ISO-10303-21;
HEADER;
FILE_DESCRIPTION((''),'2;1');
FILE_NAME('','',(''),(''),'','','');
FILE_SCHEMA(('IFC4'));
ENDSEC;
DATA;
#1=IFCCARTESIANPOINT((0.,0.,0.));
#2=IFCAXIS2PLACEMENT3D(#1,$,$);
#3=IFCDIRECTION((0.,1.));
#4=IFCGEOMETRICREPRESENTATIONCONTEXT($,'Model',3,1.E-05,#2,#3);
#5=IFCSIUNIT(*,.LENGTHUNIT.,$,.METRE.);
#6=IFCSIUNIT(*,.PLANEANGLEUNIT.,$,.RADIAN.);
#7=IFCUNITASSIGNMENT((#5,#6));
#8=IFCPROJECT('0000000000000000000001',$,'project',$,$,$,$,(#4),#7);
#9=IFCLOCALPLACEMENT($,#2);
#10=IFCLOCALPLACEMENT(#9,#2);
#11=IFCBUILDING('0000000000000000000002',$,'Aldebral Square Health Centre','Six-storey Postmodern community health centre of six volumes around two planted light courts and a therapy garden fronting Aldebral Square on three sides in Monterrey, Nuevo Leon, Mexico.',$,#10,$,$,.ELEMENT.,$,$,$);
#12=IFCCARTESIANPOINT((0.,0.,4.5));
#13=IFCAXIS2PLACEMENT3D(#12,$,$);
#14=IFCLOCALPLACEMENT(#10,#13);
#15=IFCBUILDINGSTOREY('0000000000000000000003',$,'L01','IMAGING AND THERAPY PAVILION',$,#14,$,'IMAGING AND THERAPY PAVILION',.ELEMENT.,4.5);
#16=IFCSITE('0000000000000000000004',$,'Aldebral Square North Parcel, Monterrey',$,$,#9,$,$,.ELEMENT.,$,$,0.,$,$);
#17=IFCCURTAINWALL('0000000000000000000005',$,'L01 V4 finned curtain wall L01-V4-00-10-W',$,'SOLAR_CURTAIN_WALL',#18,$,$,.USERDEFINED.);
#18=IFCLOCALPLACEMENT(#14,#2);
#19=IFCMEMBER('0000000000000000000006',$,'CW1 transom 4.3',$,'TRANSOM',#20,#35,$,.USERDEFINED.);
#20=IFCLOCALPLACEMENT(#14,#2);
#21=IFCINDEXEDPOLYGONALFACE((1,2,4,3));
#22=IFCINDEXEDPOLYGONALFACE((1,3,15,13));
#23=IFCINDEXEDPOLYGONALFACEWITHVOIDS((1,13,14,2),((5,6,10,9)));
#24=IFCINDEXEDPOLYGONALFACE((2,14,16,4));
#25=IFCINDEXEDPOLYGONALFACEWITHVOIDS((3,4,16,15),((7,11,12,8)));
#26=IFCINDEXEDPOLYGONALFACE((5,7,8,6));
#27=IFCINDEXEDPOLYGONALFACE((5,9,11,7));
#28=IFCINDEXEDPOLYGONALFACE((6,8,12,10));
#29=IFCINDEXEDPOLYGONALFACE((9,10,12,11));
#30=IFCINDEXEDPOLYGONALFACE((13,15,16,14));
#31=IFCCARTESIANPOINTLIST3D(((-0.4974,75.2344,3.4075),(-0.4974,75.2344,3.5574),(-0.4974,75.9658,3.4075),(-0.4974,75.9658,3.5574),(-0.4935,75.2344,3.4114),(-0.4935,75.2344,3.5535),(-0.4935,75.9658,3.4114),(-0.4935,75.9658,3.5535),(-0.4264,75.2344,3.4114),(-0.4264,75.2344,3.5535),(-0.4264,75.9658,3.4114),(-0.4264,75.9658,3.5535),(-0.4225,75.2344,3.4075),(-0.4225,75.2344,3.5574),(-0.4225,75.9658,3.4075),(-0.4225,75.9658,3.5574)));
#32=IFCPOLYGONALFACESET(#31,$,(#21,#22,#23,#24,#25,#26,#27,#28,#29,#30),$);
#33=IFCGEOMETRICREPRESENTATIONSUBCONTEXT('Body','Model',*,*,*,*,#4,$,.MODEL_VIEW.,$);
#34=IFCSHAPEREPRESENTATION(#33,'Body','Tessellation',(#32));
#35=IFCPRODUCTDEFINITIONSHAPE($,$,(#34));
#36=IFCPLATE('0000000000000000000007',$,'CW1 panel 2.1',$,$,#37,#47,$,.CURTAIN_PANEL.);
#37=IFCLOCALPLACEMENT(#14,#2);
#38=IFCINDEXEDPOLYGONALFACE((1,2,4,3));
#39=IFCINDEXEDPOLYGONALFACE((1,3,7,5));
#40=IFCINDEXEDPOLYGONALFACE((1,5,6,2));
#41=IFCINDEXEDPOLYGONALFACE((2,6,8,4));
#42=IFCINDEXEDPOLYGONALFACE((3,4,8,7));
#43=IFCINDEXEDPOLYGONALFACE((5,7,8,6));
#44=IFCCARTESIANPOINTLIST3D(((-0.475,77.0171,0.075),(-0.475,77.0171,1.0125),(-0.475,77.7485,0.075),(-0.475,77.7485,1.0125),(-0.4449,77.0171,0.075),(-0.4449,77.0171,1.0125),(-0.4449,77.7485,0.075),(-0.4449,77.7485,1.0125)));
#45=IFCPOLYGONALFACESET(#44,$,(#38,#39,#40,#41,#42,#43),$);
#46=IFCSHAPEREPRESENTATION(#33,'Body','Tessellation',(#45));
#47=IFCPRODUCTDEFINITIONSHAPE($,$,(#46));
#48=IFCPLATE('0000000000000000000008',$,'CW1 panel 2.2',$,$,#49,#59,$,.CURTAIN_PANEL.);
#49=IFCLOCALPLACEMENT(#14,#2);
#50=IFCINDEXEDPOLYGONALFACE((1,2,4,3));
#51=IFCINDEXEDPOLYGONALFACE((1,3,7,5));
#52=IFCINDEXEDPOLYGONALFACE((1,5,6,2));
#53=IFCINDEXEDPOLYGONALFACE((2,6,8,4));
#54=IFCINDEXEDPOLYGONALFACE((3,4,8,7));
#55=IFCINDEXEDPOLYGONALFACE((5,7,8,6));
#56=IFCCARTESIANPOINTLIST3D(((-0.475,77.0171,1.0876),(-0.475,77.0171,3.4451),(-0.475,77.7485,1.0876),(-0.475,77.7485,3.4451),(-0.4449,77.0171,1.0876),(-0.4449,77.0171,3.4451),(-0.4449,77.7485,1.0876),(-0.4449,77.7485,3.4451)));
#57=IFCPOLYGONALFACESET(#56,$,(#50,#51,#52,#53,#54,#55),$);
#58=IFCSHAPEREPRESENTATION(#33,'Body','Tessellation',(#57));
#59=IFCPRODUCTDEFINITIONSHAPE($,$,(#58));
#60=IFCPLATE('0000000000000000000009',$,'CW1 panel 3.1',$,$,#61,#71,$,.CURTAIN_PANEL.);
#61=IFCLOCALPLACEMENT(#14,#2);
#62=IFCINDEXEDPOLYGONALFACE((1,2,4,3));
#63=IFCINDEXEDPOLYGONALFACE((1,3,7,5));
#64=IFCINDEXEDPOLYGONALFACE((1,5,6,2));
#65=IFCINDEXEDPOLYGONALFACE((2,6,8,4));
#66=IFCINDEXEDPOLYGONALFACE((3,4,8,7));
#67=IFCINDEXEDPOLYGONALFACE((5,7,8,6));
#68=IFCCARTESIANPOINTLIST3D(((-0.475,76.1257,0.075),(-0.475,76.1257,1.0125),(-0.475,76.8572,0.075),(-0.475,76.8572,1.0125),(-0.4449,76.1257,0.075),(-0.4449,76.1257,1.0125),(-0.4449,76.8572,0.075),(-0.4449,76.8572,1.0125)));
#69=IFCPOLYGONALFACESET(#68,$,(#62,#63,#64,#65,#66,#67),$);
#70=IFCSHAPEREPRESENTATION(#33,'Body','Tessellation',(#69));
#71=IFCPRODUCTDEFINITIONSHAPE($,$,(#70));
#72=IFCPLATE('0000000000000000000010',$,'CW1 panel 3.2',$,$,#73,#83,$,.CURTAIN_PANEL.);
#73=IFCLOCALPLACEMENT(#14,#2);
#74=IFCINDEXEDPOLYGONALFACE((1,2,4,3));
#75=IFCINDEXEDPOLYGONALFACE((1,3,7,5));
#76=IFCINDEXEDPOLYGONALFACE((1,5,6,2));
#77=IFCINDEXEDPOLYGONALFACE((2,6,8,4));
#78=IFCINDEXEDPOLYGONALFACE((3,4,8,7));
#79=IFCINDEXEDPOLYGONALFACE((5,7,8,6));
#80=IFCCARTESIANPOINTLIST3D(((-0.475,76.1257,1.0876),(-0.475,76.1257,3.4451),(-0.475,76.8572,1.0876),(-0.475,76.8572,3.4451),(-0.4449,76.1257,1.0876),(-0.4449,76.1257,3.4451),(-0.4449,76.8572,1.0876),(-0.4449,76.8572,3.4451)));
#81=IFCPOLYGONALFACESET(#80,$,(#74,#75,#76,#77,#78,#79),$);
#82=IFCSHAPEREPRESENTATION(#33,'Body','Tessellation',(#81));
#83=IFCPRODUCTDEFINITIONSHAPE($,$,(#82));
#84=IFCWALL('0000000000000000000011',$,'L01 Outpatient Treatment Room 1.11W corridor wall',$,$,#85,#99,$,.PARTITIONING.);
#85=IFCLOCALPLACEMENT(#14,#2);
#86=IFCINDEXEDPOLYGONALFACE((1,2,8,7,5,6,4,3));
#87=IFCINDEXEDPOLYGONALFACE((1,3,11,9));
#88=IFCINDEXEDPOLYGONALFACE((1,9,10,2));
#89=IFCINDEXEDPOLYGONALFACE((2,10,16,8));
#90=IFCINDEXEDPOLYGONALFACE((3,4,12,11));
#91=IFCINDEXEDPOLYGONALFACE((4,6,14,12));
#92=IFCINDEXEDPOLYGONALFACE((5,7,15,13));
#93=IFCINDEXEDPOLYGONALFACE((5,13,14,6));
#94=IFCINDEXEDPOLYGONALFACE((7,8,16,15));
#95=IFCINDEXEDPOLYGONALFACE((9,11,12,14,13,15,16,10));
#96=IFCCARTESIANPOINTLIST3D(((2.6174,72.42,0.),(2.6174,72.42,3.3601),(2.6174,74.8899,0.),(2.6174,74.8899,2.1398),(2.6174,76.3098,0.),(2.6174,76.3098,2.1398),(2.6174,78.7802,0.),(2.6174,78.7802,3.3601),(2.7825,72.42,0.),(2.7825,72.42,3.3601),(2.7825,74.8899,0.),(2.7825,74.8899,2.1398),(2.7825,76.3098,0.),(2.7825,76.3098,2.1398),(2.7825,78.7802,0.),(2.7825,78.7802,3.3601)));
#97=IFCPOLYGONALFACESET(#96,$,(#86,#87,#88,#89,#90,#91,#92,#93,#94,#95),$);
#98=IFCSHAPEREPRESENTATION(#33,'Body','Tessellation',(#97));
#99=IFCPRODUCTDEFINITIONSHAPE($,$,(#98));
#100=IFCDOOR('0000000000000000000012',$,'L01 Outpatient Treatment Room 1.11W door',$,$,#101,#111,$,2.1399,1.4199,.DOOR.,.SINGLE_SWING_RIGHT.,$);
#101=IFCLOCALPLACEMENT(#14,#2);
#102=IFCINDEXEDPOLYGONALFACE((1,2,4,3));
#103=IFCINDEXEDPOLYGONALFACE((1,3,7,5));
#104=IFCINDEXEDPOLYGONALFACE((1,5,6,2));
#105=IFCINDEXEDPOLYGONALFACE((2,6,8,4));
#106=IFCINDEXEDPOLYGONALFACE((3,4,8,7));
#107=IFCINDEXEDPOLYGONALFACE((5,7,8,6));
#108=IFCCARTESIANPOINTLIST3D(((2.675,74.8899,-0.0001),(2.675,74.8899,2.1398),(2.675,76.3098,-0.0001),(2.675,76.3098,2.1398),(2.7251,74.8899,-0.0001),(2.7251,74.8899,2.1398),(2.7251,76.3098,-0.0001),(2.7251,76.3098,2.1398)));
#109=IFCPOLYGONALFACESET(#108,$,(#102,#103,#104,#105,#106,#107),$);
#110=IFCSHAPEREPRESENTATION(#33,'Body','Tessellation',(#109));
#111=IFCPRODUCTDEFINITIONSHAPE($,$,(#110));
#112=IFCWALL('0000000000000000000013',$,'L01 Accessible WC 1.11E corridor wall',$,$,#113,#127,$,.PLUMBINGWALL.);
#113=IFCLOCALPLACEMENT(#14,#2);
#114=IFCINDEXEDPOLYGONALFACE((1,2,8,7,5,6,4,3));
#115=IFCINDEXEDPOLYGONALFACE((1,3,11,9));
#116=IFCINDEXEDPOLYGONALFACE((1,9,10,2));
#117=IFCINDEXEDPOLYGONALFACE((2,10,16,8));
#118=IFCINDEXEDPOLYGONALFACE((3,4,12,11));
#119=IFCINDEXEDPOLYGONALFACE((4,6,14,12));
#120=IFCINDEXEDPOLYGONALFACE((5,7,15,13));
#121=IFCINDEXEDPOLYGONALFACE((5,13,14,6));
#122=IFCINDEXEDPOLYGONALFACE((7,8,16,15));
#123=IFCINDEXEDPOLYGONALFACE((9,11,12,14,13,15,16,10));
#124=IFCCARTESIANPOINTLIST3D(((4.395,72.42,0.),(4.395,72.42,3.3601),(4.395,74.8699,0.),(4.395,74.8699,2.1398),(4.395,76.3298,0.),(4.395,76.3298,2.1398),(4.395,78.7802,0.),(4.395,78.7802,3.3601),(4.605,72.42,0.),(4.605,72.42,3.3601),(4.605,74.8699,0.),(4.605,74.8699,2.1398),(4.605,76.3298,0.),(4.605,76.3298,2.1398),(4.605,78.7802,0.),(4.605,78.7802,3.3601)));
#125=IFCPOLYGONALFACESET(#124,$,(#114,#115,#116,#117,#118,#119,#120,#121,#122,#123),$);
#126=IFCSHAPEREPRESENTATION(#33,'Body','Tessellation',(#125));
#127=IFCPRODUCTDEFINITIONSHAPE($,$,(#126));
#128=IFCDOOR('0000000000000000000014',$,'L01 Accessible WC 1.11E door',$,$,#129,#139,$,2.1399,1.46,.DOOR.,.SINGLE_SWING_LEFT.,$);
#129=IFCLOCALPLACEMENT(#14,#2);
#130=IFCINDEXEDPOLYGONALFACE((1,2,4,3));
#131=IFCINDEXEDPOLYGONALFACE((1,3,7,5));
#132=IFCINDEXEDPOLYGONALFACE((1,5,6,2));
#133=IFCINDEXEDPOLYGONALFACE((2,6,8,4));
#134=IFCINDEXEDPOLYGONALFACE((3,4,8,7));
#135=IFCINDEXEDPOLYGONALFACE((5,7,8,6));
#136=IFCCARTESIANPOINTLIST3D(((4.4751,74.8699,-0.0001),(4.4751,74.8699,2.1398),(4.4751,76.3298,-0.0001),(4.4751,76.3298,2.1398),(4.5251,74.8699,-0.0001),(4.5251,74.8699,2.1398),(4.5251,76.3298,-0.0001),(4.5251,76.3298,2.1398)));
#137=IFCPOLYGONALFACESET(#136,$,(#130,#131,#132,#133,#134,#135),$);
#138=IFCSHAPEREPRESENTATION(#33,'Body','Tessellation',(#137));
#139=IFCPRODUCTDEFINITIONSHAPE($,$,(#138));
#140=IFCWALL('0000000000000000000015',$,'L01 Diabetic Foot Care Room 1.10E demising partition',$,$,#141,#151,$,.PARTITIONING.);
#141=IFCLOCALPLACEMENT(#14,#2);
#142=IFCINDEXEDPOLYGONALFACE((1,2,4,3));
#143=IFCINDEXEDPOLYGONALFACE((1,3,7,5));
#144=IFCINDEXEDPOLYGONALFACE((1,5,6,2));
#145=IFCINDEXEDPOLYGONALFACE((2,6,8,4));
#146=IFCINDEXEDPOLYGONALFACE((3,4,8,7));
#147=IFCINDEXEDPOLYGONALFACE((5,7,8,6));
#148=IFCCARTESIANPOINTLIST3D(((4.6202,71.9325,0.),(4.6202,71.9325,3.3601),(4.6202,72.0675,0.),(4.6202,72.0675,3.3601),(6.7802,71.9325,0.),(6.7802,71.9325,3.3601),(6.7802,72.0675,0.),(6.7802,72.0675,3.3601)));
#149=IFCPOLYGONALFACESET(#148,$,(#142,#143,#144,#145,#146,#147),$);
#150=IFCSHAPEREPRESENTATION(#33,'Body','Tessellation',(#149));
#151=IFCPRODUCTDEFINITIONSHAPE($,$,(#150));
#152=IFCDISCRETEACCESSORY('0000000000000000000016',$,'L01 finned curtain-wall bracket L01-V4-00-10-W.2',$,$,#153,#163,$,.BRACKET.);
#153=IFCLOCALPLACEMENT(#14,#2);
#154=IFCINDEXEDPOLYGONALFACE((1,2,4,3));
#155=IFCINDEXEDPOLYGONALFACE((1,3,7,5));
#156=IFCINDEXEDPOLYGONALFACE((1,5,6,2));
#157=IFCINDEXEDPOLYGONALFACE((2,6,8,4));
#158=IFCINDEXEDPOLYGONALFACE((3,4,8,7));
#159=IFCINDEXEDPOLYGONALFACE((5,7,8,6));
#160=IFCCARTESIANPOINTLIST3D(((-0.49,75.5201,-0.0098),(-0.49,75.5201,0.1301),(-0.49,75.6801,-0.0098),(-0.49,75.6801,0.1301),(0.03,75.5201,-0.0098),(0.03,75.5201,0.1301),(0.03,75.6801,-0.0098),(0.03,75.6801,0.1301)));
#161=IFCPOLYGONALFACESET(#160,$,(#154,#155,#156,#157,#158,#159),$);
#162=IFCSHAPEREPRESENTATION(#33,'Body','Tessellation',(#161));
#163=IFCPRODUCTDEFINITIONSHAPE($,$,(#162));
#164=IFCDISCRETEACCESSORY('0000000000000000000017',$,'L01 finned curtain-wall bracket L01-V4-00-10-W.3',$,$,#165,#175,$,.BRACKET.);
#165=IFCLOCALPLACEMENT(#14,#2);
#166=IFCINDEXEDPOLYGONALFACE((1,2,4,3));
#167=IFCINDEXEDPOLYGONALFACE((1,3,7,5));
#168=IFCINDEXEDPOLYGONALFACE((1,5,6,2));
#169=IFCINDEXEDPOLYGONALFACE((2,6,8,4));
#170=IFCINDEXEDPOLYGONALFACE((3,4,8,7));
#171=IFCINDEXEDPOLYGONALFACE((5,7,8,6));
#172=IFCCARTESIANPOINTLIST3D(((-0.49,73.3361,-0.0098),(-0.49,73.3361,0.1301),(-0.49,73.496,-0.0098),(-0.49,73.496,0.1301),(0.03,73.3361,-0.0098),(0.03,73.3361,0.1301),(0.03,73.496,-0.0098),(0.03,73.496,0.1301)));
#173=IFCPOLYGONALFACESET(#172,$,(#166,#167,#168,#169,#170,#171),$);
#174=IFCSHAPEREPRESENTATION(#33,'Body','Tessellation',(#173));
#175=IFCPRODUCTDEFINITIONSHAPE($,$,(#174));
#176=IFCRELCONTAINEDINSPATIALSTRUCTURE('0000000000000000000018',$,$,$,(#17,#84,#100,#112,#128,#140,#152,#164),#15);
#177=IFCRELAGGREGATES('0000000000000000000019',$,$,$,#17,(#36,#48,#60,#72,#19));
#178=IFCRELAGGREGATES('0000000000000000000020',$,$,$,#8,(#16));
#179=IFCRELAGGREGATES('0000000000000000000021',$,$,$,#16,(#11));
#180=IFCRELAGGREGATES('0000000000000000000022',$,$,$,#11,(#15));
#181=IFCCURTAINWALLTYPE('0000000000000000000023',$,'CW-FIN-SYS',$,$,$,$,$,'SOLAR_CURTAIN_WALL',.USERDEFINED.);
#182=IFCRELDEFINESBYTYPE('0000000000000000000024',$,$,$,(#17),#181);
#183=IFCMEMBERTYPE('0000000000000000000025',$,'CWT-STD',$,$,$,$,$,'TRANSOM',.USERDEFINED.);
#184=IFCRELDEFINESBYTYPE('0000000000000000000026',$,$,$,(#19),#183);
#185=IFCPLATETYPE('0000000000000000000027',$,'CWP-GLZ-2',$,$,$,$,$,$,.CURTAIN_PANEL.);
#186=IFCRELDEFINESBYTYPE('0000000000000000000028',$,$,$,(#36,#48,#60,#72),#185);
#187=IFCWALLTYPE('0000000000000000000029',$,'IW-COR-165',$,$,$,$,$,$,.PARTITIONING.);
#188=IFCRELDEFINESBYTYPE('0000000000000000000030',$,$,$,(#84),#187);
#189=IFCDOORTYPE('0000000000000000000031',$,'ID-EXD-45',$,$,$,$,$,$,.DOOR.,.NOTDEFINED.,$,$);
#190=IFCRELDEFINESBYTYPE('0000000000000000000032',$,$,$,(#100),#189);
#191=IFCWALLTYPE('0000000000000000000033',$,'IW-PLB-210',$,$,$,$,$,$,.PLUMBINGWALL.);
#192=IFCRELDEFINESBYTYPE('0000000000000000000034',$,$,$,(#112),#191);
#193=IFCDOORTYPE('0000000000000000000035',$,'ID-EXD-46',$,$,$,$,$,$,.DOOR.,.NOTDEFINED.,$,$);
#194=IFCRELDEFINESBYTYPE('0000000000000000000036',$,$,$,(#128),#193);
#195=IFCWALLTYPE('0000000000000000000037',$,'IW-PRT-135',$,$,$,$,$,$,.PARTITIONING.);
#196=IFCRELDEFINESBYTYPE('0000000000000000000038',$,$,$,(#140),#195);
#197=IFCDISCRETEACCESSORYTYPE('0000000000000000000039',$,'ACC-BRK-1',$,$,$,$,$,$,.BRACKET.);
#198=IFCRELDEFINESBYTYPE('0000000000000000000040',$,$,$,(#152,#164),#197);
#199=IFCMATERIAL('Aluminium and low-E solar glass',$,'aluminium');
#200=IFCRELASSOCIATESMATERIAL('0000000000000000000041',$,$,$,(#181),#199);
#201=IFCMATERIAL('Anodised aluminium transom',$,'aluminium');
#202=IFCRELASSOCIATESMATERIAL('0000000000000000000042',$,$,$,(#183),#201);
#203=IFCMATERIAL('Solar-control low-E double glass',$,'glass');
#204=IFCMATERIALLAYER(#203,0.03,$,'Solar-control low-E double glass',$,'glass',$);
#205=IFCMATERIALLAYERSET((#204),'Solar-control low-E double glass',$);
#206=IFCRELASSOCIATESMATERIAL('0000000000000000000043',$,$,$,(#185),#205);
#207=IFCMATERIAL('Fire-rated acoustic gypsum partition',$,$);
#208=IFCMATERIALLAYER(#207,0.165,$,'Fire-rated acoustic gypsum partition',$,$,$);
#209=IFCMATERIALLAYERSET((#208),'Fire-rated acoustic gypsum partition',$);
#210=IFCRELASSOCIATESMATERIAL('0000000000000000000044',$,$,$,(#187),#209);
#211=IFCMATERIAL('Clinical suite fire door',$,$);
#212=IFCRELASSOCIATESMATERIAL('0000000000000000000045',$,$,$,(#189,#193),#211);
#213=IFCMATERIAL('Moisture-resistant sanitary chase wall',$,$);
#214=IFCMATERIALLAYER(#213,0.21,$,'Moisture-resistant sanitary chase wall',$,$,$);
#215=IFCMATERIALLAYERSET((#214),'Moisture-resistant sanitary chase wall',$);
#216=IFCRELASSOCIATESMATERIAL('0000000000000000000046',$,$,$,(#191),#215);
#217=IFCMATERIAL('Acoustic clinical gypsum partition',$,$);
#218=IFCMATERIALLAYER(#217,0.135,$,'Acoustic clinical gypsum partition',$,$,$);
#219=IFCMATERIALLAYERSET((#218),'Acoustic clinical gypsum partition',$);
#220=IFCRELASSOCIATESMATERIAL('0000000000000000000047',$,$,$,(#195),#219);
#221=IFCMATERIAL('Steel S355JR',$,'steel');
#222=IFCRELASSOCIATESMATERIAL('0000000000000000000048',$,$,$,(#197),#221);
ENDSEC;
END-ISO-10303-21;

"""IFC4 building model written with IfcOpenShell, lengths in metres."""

from ifc_helpers import new_model, si_unit, direction, frame, frame_2d, origin, origin_2d, place, context, subcontext, project, spatial, rectangle, hollow_rectangle, extrude, material, layer, layer_set, material_profile, profile_set, type_object, element, fill, aggregate, save


model = new_model("IFC4")

# Units and contexts
model_context = context("Model", 3, precision=1e-05, world=origin(), true_north=direction((0.0, 1.0)))
body_context = subcontext(model_context, "Body", "Model", "MODEL_VIEW")
ifc_project = project(units=[si_unit("LENGTHUNIT", "METRE"), si_unit("PLANEANGLEUNIT", "RADIAN")], contexts=[model_context])

# Site, building, storey
site_placement = place(None, origin())
site = spatial("IfcSite", under=ifc_project, at=site_placement, Name="Aldebral Square North Parcel, Monterrey", CompositionType="ELEMENT", RefElevation=0.0)
building_placement = place(site_placement, origin())
building = spatial("IfcBuilding", under=site, at=building_placement, Name="Aldebral Square Health Centre", Description="Six-storey Postmodern community health centre of six volumes around two planted light courts and a therapy garden fronting Aldebral Square on three sides in Monterrey, Nuevo Leon, Mexico.", CompositionType="ELEMENT")
storey_placement = place(building_placement, frame((0.0, 0.0, 4.5)))
storey = spatial("IfcBuildingStorey", under=building, at=storey_placement, Name="L01", Description="IMAGING AND THERAPY PAVILION", LongName="IMAGING AND THERAPY PAVILION", CompositionType="ELEMENT", Elevation=4.5)

# Curtain wall, member, plates
ifc_material_1 = material(Name="Aluminium and low-E solar glass", Category="aluminium")
curtain_wall_type = type_object("IfcCurtainWallType", Name="CW-FIN-SYS", ElementType="SOLAR_CURTAIN_WALL", PredefinedType="USERDEFINED", material=ifc_material_1)
curtain_wall_placement = place(storey_placement, origin())
curtain_wall = element("IfcCurtainWall", 1, at=curtain_wall_placement, inside=storey, type_object=curtain_wall_type, Name="L01 V4 finned curtain wall L01-V4-00-10-W", ObjectType="SOLAR_CURTAIN_WALL", PredefinedType="USERDEFINED")
ifc_material_2 = material(Name="Anodised aluminium transom", Category="aluminium")
ifc_material_profile_1 = material_profile(ifc_material_2, hollow_rectangle(XDim=0.075, YDim=0.1499, WallThickness=0.0039, at=origin_2d()), Name="CWT 75x150x4")
ifc_profile_set_1 = profile_set([ifc_material_profile_1], Name="Anodised aluminium transom")
member_type_1 = type_object("IfcMemberType", Name="CWT-STD", ElementType="TRANSOM", PredefinedType="USERDEFINED", material=ifc_profile_set_1)
member_1_placement = place(storey_placement, frame((-0.46, 75.9658, 3.4824), z_axis=(0.0, -1.0, 0.0), x_axis=(1.0, 0.0, 0.0)))
member_1 = element("IfcMember", 2, at=member_1_placement, type_object=member_type_1, Name="CW1 transom 4.3", ObjectType="TRANSOM", PredefinedType="USERDEFINED", context=body_context, shape_type="SweptSolid", body=[
    extrude(hollow_rectangle(XDim=0.075, YDim=0.1499, WallThickness=0.0039, at=origin_2d()), origin(), (0.0, 0.0, 1.0), 0.7314),
])
ifc_material_3 = material(Name="Solar-control low-E double glass", Category="glass")
ifc_layer_1 = layer(ifc_material_3, 0.03, Name="Solar-control low-E double glass", Category="glass")
ifc_layer_set_1 = layer_set([ifc_layer_1], Name="Solar-control low-E double glass")
plate_type = type_object("IfcPlateType", Name="CWP-GLZ-2", PredefinedType="CURTAIN_PANEL", material=ifc_layer_set_1)
plate_1_placement = place(storey_placement, frame((-0.46, 77.3828, 0.075), z_axis=(0.0, 0.0, 1.0), x_axis=(0.0, -1.0, 0.0)))
plate_1 = element("IfcPlate", 3, at=plate_1_placement, type_object=plate_type, Name="CW1 panel 2.1", PredefinedType="CURTAIN_PANEL", context=body_context, shape_type="SweptSolid", body=[
    extrude(rectangle(XDim=0.7314, YDim=0.03, at=origin_2d()), origin(), (0.0, 0.0, 1.0), 0.9375),
])
plate_2_placement = place(storey_placement, frame((-0.46, 77.3828, 1.0876), z_axis=(0.0, 0.0, 1.0), x_axis=(0.0, -1.0, 0.0)))
plate_2 = element("IfcPlate", 4, at=plate_2_placement, type_object=plate_type, Name="CW1 panel 2.2", PredefinedType="CURTAIN_PANEL", context=body_context, shape_type="SweptSolid", body=[
    extrude(rectangle(XDim=0.7314, YDim=0.03, at=origin_2d()), origin(), (0.0, 0.0, 1.0), 2.3574),
])
plate_3_placement = place(storey_placement, frame((-0.46, 76.4915, 0.075), z_axis=(0.0, 0.0, 1.0), x_axis=(0.0, -1.0, 0.0)))
plate_3 = element("IfcPlate", 5, at=plate_3_placement, type_object=plate_type, Name="CW1 panel 3.1", PredefinedType="CURTAIN_PANEL", context=body_context, shape_type="SweptSolid", body=[
    extrude(rectangle(XDim=0.7314, YDim=0.03, at=origin_2d()), origin(), (0.0, 0.0, 1.0), 0.9375),
])
plate_4_placement = place(storey_placement, frame((-0.46, 76.4915, 1.0876), z_axis=(0.0, 0.0, 1.0), x_axis=(0.0, -1.0, 0.0)))
plate_4 = element("IfcPlate", 6, at=plate_4_placement, type_object=plate_type, Name="CW1 panel 3.2", PredefinedType="CURTAIN_PANEL", context=body_context, shape_type="SweptSolid", body=[
    extrude(rectangle(XDim=0.7314, YDim=0.03, at=origin_2d()), origin(), (0.0, 0.0, 1.0), 2.3574),
])
aggregate(curtain_wall, [plate_1, plate_2, plate_3, plate_4, member_1])

# Walls, openings, doors
ifc_material_4 = material(Name="Fire-rated acoustic gypsum partition")
ifc_layer_2 = layer(ifc_material_4, 0.165, Name="Fire-rated acoustic gypsum partition")
ifc_layer_set_2 = layer_set([ifc_layer_2], Name="Fire-rated acoustic gypsum partition")
wall_type_1 = type_object("IfcWallType", Name="IW-COR-165", PredefinedType="PARTITIONING", material=ifc_layer_set_2)
wall_1_placement = place(storey_placement, frame((2.7, 72.4199, 0.0), z_axis=(0.0, 0.0, 1.0), x_axis=(0.0, 1.0, 0.0)))
wall_1 = element("IfcWall", 7, at=wall_1_placement, inside=storey, type_object=wall_type_1, Name="L01 Outpatient Treatment Room 1.11W corridor wall", PredefinedType="PARTITIONING", context=body_context, shape_type="SweptSolid", body=[
    extrude(rectangle(XDim=6.3601, YDim=0.165, at=frame_2d((3.1802, 0.0))), origin(), (0.0, 0.0, 1.0), 3.3601),
])
opening_1_placement = place(wall_1_placement, frame((2.47, 0.0, 0.0)))
opening_1 = element("IfcOpeningElement", 8, at=opening_1_placement, cuts=wall_1, PredefinedType="OPENING", context=body_context, shape_type="SweptSolid", body=[
    extrude(rectangle(XDim=1.4199, YDim=2.1399, at=frame_2d((0.71, 1.0698))), frame((0.0, 0.0925, 0.0), z_axis=(0.0, -1.0, 0.0), x_axis=(1.0, 0.0, 0.0)), (0.0, 0.0, 1.0), 0.1851),
])
ifc_material_5 = material(Name="Clinical suite fire door")
door_type_1 = type_object("IfcDoorType", Name="ID-EXD-45", OperationType="NOTDEFINED", PredefinedType="DOOR", material=ifc_material_5)
door_1_placement = place(opening_1_placement, origin())
door_1 = element("IfcDoor", 9, at=door_1_placement, inside=storey, type_object=door_type_1, Name="L01 Outpatient Treatment Room 1.11W door", OperationType="SINGLE_SWING_RIGHT", OverallHeight=2.1399, OverallWidth=1.4199, PredefinedType="DOOR", context=body_context, shape_type="SweptSolid", body=[
    extrude(rectangle(XDim=1.4199, YDim=2.1399, at=frame_2d((0.71, 1.0698))), frame((0.0, 0.0249, 0.0), z_axis=(0.0, -1.0, 0.0), x_axis=(1.0, 0.0, 0.0)), (0.0, 0.0, 1.0), 0.05),
])
fill(opening_1, door_1)
ifc_material_6 = material(Name="Moisture-resistant sanitary chase wall")
ifc_layer_3 = layer(ifc_material_6, 0.21, Name="Moisture-resistant sanitary chase wall")
ifc_layer_set_3 = layer_set([ifc_layer_3], Name="Moisture-resistant sanitary chase wall")
wall_type_2 = type_object("IfcWallType", Name="IW-PLB-210", PredefinedType="PLUMBINGWALL", material=ifc_layer_set_3)
wall_2_placement = place(storey_placement, frame((4.5, 72.4199, 0.0), z_axis=(0.0, 0.0, 1.0), x_axis=(0.0, 1.0, 0.0)))
wall_2 = element("IfcWall", 10, at=wall_2_placement, inside=storey, type_object=wall_type_2, Name="L01 Accessible WC 1.11E corridor wall", PredefinedType="PLUMBINGWALL", context=body_context, shape_type="SweptSolid", body=[
    extrude(rectangle(XDim=6.3601, YDim=0.21, at=frame_2d((3.1802, 0.0))), origin(), (0.0, 0.0, 1.0), 3.3601),
])
opening_2_placement = place(wall_2_placement, frame((2.45, 0.0, 0.0)))
opening_2 = element("IfcOpeningElement", 11, at=opening_2_placement, cuts=wall_2, PredefinedType="OPENING", context=body_context, shape_type="SweptSolid", body=[
    extrude(rectangle(XDim=1.46, YDim=2.1399, at=frame_2d((0.73, 1.0698))), frame((0.0, 0.115, 0.0), z_axis=(0.0, -1.0, 0.0), x_axis=(1.0, 0.0, 0.0)), (0.0, 0.0, 1.0), 0.23),
])
door_type_2 = type_object("IfcDoorType", Name="ID-EXD-46", OperationType="NOTDEFINED", PredefinedType="DOOR", material=ifc_material_5)
door_2_placement = place(opening_2_placement, origin())
door_2 = element("IfcDoor", 12, at=door_2_placement, inside=storey, type_object=door_type_2, Name="L01 Accessible WC 1.11E door", OperationType="SINGLE_SWING_LEFT", OverallHeight=2.1399, OverallWidth=1.46, PredefinedType="DOOR", context=body_context, shape_type="SweptSolid", body=[
    extrude(rectangle(XDim=1.46, YDim=2.1399, at=frame_2d((0.73, 1.0698))), frame((0.0, 0.0249, 0.0), z_axis=(0.0, -1.0, 0.0), x_axis=(1.0, 0.0, 0.0)), (0.0, 0.0, 1.0), 0.05),
])
fill(opening_2, door_2)

# Wall
ifc_material_7 = material(Name="Acoustic clinical gypsum partition")
ifc_layer_4 = layer(ifc_material_7, 0.135, Name="Acoustic clinical gypsum partition")
ifc_layer_set_4 = layer_set([ifc_layer_4], Name="Acoustic clinical gypsum partition")
wall_type_3 = type_object("IfcWallType", Name="IW-PRT-135", PredefinedType="PARTITIONING", material=ifc_layer_set_4)
wall_3_placement = place(storey_placement, frame((4.6201, 72.0, 0.0), z_axis=(0.0, 0.0, 1.0), x_axis=(1.0, 0.0, 0.0)))
element("IfcWall", 13, at=wall_3_placement, inside=storey, type_object=wall_type_3, Name="L01 Diabetic Foot Care Room 1.10E demising partition", PredefinedType="PARTITIONING", context=body_context, shape_type="SweptSolid", body=[
    extrude(rectangle(XDim=2.1599, YDim=0.135, at=frame_2d((1.0801, 0.0))), origin(), (0.0, 0.0, 1.0), 3.3601),
])

# Discrete accessories
ifc_material_8 = material(Name="Steel S355JR", Category="steel")
discrete_accessory_type = type_object("IfcDiscreteAccessoryType", Name="ACC-BRK-1", PredefinedType="BRACKET", material=ifc_material_8)
for number, where, z_axis, x_axis, name in (
    (14, (-0.23, 75.6001, -0.0098), (0.0, 0.0, 1.0), (0.0, 1.0, 0.0), "L01 finned curtain-wall bracket L01-V4-00-10-W.2"),
    (15, (-0.23, 73.416, -0.0098), (0.0, 0.0, 1.0), (0.0, 1.0, 0.0), "L01 finned curtain-wall bracket L01-V4-00-10-W.3"),
):
    element("IfcDiscreteAccessory", number, at=place(storey_placement, frame(where, z_axis=z_axis, x_axis=x_axis)), inside=storey, type_object=discrete_accessory_type, Name=name, PredefinedType="BRACKET", context=body_context, shape_type="SweptSolid", body=[
        extrude(rectangle(XDim=0.1599, YDim=0.52, at=origin_2d()), origin(), (0.0, 0.0, 1.0), 0.1399),
    ])

save(model, "model.ifc")
